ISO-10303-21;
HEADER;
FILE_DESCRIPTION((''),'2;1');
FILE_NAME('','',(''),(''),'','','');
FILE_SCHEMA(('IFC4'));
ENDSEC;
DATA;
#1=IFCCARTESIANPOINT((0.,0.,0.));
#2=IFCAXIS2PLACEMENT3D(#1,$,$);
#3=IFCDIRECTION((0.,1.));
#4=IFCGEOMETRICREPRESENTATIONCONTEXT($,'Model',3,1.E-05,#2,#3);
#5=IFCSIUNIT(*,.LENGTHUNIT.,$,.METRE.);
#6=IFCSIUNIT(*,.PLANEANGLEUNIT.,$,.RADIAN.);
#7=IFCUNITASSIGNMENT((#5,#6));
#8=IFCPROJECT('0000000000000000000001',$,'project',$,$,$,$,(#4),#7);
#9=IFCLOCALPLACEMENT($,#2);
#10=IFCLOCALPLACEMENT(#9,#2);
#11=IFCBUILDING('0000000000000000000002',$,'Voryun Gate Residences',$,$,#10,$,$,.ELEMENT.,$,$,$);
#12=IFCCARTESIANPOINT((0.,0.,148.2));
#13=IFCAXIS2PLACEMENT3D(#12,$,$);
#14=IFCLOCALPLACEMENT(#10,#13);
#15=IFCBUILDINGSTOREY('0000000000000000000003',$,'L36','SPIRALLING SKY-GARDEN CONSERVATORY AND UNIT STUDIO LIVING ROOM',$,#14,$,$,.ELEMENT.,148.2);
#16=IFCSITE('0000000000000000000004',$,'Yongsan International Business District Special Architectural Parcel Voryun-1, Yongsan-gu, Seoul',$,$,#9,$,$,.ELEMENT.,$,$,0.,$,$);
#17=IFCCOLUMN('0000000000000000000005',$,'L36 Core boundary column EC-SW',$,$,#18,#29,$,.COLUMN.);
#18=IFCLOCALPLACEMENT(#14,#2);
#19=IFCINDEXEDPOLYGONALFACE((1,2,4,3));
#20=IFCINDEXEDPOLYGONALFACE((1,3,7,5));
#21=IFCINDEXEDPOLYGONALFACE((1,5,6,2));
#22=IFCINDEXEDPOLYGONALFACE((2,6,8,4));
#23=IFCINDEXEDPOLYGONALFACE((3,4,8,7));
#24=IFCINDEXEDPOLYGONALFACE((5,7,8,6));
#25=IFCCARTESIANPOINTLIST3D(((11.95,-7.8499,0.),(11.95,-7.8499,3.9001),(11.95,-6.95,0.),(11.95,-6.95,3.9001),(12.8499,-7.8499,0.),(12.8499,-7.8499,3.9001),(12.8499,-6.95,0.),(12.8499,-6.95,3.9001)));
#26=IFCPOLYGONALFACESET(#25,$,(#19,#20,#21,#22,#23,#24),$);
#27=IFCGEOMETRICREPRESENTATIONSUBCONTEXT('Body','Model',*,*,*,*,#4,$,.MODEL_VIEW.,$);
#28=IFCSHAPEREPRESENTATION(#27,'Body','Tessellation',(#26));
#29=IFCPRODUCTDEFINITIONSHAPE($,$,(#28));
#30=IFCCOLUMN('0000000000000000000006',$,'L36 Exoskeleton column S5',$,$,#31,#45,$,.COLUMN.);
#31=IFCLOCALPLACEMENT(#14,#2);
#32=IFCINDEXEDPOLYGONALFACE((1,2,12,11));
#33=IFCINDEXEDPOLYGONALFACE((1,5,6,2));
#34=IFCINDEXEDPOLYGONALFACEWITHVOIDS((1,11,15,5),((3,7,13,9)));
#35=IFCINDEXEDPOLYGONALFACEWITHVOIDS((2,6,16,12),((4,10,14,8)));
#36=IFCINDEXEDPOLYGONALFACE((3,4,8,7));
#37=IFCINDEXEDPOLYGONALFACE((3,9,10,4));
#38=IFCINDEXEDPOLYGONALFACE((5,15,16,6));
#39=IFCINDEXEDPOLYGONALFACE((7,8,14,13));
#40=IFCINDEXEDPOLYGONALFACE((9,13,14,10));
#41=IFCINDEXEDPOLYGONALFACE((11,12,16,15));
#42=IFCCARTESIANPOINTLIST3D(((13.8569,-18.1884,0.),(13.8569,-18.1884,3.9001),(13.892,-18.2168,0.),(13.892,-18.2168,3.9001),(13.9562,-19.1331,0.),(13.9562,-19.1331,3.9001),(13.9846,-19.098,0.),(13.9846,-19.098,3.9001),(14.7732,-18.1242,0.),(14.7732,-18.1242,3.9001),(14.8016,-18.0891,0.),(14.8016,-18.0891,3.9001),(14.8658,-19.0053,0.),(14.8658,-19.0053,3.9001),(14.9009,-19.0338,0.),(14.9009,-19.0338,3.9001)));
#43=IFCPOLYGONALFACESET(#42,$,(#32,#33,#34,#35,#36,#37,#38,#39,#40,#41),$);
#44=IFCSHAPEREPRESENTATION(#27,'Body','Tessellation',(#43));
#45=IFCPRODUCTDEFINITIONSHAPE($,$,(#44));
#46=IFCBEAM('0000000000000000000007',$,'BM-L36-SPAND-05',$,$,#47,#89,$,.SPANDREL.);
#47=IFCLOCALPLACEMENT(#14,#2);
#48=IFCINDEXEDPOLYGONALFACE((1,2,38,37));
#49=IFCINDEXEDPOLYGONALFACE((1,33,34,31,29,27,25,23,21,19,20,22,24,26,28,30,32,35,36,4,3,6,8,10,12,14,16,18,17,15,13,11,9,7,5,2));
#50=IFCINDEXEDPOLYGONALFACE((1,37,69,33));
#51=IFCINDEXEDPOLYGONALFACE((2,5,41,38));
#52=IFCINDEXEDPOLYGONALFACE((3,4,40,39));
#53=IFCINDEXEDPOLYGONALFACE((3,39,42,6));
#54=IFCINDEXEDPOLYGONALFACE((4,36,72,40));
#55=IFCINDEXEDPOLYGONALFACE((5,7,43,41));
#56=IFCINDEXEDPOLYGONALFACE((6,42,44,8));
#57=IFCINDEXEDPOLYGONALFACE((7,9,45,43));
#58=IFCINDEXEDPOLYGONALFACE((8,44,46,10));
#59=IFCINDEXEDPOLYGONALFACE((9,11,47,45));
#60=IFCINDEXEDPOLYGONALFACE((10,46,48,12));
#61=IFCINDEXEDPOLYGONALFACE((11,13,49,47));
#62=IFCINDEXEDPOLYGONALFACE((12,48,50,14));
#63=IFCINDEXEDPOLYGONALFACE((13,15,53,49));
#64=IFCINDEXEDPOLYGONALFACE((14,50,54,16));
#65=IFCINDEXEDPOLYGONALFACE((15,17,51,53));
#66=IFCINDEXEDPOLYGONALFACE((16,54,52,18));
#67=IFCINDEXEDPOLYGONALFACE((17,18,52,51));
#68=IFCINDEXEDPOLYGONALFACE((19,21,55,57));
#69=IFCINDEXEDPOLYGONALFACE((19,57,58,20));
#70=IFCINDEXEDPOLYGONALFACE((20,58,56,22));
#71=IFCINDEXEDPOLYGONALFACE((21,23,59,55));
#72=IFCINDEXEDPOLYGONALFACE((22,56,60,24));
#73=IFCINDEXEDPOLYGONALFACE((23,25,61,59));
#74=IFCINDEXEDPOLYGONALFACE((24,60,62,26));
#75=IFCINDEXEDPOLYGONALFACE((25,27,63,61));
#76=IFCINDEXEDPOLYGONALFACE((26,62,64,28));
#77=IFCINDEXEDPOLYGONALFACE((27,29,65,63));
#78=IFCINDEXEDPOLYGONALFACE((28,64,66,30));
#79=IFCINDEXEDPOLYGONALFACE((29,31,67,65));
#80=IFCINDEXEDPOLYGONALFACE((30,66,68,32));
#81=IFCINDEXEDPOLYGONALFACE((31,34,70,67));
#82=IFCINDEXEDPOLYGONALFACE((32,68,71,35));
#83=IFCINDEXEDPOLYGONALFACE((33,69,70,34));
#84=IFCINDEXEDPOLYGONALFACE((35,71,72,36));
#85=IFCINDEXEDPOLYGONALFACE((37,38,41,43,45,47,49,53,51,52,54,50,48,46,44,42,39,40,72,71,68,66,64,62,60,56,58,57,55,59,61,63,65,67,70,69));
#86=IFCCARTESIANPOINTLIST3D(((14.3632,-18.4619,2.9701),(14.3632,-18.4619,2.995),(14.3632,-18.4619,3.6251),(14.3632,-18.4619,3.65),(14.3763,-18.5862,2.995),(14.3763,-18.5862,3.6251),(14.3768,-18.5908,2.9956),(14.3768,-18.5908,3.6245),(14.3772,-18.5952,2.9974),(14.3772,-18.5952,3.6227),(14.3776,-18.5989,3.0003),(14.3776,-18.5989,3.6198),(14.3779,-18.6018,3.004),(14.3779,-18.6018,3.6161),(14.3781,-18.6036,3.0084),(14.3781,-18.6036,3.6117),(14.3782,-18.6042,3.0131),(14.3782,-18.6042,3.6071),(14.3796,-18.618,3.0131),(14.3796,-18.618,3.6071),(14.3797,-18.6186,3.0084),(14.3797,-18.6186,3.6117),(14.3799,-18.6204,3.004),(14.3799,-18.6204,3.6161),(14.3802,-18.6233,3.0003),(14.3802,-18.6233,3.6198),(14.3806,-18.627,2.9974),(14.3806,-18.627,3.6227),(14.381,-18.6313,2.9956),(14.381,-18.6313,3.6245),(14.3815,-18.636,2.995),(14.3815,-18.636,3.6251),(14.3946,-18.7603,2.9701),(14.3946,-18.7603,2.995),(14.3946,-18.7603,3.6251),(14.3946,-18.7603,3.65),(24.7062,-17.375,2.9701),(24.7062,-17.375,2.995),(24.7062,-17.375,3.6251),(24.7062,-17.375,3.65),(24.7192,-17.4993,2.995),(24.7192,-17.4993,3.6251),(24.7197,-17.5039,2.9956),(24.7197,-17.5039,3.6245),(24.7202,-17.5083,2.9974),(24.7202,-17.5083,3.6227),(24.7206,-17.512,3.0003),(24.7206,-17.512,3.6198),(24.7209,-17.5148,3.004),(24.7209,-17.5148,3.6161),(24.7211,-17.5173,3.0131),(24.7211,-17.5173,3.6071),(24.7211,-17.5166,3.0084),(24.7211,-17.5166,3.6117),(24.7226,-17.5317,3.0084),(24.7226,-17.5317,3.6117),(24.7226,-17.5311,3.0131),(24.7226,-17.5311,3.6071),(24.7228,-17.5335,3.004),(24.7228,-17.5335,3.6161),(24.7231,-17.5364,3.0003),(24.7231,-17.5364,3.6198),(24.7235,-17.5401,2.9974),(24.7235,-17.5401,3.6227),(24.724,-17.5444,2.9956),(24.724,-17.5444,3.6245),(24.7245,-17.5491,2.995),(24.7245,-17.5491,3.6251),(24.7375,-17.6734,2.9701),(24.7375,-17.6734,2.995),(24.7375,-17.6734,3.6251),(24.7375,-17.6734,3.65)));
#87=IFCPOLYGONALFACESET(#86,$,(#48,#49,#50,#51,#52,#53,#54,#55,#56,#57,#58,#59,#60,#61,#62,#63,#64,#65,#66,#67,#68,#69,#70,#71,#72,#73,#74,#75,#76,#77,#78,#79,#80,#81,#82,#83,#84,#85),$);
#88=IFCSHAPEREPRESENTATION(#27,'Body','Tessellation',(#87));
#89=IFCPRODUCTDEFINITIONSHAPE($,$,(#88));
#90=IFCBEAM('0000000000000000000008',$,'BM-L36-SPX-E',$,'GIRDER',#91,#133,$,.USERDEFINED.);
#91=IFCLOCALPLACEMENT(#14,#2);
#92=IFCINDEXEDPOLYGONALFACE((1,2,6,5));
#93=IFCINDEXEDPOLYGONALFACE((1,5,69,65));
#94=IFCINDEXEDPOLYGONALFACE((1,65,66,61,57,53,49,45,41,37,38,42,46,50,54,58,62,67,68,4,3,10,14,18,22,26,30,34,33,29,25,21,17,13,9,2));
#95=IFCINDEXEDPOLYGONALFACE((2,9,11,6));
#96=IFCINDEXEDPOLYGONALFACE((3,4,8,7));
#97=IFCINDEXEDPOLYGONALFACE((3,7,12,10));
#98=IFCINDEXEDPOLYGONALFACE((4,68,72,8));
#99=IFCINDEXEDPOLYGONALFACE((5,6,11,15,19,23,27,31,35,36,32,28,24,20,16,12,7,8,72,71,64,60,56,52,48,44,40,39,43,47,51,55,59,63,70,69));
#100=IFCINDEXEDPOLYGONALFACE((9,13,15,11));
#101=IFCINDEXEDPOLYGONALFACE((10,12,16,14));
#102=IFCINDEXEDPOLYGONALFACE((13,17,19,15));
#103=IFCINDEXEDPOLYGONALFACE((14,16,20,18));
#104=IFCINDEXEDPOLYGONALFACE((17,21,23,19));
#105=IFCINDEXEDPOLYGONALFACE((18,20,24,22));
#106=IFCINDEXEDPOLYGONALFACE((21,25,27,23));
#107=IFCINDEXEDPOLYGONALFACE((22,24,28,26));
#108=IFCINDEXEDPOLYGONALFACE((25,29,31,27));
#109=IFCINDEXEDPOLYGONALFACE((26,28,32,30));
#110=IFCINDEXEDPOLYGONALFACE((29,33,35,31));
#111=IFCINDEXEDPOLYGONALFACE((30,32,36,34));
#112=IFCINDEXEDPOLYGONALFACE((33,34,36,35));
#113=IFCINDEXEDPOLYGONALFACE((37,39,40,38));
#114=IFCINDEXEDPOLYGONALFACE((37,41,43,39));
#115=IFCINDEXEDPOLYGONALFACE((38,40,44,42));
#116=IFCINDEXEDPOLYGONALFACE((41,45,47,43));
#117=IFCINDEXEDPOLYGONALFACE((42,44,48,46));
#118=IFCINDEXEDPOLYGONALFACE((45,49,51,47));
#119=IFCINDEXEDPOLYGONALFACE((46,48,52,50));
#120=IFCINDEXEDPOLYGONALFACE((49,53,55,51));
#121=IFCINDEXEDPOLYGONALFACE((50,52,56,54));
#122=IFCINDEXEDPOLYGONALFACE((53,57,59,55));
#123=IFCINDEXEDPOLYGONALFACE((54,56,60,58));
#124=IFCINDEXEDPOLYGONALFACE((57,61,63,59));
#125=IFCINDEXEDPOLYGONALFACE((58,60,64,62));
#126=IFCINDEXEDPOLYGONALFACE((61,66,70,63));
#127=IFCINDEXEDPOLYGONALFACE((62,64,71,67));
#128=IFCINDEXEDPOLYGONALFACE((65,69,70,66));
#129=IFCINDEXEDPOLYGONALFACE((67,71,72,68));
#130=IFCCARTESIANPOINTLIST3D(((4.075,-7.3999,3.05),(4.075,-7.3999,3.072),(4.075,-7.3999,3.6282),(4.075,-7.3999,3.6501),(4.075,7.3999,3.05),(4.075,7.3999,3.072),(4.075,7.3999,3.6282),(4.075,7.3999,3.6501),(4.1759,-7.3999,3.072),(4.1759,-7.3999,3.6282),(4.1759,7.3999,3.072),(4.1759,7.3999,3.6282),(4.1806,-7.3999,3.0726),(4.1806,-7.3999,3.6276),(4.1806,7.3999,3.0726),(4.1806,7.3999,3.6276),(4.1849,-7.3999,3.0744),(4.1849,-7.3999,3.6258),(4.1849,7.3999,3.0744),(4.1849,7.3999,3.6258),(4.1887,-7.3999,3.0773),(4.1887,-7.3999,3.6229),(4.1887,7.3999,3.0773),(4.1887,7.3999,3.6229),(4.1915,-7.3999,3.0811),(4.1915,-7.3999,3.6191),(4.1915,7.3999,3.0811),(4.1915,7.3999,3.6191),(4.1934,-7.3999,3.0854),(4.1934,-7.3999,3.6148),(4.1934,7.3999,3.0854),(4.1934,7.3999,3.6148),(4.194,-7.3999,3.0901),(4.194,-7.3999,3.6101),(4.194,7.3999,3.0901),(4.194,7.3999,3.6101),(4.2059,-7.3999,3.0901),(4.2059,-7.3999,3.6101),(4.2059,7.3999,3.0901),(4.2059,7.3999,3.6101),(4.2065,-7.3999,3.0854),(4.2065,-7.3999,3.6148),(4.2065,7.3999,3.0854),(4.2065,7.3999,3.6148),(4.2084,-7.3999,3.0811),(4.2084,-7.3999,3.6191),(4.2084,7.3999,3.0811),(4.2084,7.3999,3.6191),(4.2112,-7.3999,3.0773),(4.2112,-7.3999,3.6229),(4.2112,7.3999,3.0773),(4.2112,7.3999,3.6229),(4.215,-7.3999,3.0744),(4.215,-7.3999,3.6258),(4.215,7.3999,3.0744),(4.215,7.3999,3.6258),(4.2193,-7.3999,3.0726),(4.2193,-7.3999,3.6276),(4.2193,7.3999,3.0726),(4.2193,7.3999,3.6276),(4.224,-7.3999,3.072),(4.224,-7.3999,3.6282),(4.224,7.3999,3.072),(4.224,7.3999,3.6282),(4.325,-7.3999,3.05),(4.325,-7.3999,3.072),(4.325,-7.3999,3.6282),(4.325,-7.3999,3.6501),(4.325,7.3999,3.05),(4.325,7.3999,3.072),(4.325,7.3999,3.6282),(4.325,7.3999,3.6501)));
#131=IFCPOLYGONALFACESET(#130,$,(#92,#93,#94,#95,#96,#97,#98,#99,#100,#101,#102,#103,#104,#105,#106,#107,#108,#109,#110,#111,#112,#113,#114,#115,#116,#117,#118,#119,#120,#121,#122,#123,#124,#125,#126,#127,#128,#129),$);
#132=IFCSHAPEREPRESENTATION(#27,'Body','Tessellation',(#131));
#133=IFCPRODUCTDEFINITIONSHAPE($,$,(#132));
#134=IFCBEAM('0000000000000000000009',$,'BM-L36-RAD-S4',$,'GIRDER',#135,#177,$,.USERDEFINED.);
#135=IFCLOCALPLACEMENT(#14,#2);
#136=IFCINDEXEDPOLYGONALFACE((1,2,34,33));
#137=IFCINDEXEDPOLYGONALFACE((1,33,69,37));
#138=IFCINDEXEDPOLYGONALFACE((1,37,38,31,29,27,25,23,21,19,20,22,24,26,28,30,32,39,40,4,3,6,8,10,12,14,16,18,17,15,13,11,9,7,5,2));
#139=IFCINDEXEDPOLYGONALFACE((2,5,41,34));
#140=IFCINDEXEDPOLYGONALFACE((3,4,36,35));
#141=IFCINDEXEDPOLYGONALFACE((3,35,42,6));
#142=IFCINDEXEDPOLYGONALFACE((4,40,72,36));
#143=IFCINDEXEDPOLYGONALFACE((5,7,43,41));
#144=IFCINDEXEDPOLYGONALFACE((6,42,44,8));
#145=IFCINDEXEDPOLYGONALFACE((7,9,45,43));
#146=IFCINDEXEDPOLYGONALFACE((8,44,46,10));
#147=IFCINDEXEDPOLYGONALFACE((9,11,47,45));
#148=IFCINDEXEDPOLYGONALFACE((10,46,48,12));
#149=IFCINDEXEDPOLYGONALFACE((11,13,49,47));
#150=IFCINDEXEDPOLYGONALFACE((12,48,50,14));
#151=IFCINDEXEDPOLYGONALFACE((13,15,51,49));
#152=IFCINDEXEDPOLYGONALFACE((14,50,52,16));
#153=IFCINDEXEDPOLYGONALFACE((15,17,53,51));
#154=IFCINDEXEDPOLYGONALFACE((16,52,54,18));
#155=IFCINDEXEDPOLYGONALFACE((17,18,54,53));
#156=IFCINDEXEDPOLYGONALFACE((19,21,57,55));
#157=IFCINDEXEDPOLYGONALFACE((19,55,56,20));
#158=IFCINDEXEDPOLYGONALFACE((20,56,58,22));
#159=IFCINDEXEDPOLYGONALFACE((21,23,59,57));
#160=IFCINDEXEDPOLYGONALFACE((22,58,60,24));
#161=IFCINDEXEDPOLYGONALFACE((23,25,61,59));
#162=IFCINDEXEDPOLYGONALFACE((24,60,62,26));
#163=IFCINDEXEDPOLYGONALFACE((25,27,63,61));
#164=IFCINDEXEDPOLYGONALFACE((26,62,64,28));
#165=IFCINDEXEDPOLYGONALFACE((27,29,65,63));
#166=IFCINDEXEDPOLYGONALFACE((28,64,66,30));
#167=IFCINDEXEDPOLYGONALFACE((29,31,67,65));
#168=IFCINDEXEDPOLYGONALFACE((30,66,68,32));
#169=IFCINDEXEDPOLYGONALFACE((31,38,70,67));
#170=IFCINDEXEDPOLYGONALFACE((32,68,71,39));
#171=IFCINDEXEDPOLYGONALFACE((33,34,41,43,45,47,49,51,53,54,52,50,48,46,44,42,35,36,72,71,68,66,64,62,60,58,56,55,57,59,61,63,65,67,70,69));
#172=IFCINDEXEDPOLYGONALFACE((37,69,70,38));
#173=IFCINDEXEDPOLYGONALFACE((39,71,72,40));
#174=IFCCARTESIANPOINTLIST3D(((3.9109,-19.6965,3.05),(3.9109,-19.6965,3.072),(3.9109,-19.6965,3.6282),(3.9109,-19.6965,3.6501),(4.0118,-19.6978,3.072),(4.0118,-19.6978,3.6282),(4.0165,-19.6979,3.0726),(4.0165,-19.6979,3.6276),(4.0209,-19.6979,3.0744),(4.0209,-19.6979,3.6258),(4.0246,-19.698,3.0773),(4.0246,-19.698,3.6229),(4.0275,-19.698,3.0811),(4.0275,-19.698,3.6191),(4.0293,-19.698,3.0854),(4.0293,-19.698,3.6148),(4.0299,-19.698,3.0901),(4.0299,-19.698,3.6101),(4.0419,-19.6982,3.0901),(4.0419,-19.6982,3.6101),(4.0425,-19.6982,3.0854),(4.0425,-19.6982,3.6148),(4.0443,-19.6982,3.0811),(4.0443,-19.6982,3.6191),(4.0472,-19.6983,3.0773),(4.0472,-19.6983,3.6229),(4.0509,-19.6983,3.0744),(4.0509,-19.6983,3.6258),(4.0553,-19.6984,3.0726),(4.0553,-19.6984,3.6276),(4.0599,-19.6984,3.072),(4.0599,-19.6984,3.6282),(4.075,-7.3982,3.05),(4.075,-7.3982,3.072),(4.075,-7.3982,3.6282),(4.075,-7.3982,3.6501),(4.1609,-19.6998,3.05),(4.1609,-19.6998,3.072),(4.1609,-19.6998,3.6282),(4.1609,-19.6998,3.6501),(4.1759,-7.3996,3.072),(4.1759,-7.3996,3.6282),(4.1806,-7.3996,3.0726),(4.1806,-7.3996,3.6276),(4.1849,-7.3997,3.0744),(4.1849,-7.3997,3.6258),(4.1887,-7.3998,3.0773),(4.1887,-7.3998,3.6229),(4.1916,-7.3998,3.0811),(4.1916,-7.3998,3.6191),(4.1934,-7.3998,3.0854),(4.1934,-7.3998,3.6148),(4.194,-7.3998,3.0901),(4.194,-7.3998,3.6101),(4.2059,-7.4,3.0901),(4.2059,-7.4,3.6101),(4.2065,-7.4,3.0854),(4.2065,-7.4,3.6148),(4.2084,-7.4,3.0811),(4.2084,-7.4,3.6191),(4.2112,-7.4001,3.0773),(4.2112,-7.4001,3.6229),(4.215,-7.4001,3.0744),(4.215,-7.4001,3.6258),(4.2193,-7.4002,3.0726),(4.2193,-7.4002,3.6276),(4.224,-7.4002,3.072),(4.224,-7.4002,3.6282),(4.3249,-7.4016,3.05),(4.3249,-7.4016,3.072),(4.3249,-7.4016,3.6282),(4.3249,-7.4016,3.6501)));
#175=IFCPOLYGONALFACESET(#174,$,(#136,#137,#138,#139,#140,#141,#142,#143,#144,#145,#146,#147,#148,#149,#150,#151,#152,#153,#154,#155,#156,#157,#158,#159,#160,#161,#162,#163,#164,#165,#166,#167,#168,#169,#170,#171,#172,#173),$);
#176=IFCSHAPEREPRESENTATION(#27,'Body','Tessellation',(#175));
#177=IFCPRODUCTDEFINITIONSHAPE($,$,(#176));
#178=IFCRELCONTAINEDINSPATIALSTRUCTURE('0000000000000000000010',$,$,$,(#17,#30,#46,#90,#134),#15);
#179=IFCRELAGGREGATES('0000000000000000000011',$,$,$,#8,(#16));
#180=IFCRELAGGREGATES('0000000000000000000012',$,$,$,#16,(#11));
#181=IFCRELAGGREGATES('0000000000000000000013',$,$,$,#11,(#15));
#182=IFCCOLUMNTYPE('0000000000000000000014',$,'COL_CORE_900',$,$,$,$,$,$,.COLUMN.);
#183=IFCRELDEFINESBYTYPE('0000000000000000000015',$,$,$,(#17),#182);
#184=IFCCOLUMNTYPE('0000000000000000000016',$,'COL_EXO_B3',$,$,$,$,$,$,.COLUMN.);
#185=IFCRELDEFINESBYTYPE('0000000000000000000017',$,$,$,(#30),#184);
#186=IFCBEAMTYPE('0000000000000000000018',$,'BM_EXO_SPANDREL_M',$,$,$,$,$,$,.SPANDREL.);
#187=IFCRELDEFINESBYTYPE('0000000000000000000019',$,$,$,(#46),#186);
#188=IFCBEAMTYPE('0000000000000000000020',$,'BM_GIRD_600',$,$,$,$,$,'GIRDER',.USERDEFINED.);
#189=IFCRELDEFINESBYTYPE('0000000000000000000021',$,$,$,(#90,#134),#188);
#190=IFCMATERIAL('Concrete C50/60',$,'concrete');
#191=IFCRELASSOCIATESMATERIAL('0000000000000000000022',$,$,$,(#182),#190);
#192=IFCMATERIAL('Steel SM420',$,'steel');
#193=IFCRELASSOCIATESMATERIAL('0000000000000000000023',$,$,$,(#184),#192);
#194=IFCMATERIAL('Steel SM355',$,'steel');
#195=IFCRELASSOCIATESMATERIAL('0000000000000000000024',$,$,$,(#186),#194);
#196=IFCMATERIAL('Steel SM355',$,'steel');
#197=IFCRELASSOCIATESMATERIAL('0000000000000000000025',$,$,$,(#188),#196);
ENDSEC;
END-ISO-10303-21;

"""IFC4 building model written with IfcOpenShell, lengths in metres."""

from ifc_helpers import new_model, si_unit, direction, frame, origin, origin_2d, place, context, subcontext, project, spatial, rectangle, hollow_rectangle, i_section, extrude, material, material_profile, profile_set, type_object, element, save


model = new_model("IFC4")

# Units and contexts
model_context = context("Model", 3, precision=1e-05, world=origin(), true_north=direction((0.0, 1.0)))
body_context = subcontext(model_context, "Body", "Model", "MODEL_VIEW")
ifc_project = project(units=[si_unit("LENGTHUNIT", "METRE"), si_unit("PLANEANGLEUNIT", "RADIAN")], contexts=[model_context])

# Site, building, storey
site_placement = place(None, origin())
site = spatial("IfcSite", under=ifc_project, at=site_placement, Name="Yongsan International Business District Special Architectural Parcel Voryun-1, Yongsan-gu, Seoul", CompositionType="ELEMENT", RefElevation=0.0)
building_placement = place(site_placement, origin())
building = spatial("IfcBuilding", under=site, at=building_placement, Name="Voryun Gate Residences", CompositionType="ELEMENT")
storey_placement = place(building_placement, frame((0.0, 0.0, 148.2)))
storey = spatial("IfcBuildingStorey", under=building, at=storey_placement, Name="L36", Description="SPIRALLING SKY-GARDEN CONSERVATORY AND UNIT STUDIO LIVING ROOM", CompositionType="ELEMENT", Elevation=148.2)

# Columns
ifc_material_1 = material(Name="Concrete C50/60", Category="concrete")
ifc_material_profile_1 = material_profile(ifc_material_1, rectangle(XDim=0.8999, YDim=0.8999, at=origin_2d()), Name="RC-900x900")
ifc_profile_set_1 = profile_set([ifc_material_profile_1], Name="Concrete C50/60")
column_type_1 = type_object("IfcColumnType", Name="COL_CORE_900", PredefinedType="COLUMN", material=ifc_profile_set_1)
column_1_placement = place(storey_placement, frame((12.3999, -7.3999, 0.0), z_axis=(0.0, 0.0, 1.0), x_axis=(1.0, 0.0, 0.0)))
element("IfcColumn", 1, at=column_1_placement, inside=storey, type_object=column_type_1, Name="L36 Core boundary column EC-SW", PredefinedType="COLUMN", context=body_context, shape_type="SweptSolid", body=[
    extrude(rectangle(XDim=0.8999, YDim=0.8999, at=origin_2d()), origin(), (0.0, 0.0, 1.0), 3.9001),
])
ifc_material_2 = material(Name="Steel SM420", Category="steel")
ifc_material_profile_2 = material_profile(ifc_material_2, hollow_rectangle(XDim=0.95, YDim=0.95, WallThickness=0.032, at=origin_2d()), Name="BOX-950x950x32")
ifc_profile_set_2 = profile_set([ifc_material_profile_2], Name="Steel SM420")
column_type_2 = type_object("IfcColumnType", Name="COL_EXO_B3", PredefinedType="COLUMN", material=ifc_profile_set_2)
column_2_placement = place(storey_placement, frame((14.3789, -18.6111, 0.0), z_axis=(0.0, 0.0, 1.0), x_axis=(0.994522, 0.104528, 0.0)))
element("IfcColumn", 2, at=column_2_placement, inside=storey, type_object=column_type_2, Name="L36 Exoskeleton column S5", PredefinedType="COLUMN", context=body_context, shape_type="SweptSolid", body=[
    extrude(hollow_rectangle(XDim=0.95, YDim=0.95, WallThickness=0.032, at=origin_2d()), origin(), (0.0, 0.0, 1.0), 3.9001),
])

# Beams
ifc_material_3 = material(Name="Steel SM355", Category="steel")
ifc_material_profile_3 = material_profile(ifc_material_3, i_section(OverallWidth=0.3, OverallDepth=0.6799, WebThickness=0.0139, FlangeThickness=0.0249, FilletRadius=0.0181, at=origin_2d()), Name="H-680x300x14x25")
ifc_profile_set_3 = profile_set([ifc_material_profile_3], Name="Steel SM355")
beam_type_1 = type_object("IfcBeamType", Name="BM_EXO_SPANDREL_M", PredefinedType="SPANDREL", material=ifc_profile_set_3)
beam_1_placement = place(storey_placement, frame((14.3789, -18.6111, 3.3101), z_axis=(0.994524, 0.104511, 0.0), x_axis=(-0.104511, 0.994524, 0.0)))
element("IfcBeam", 3, at=beam_1_placement, inside=storey, type_object=beam_type_1, Name="BM-L36-SPAND-05", PredefinedType="SPANDREL", context=body_context, shape_type="SweptSolid", body=[
    extrude(i_section(OverallWidth=0.3, OverallDepth=0.6799, WebThickness=0.0139, FlangeThickness=0.0249, FilletRadius=0.0181, at=origin_2d()), origin(), (0.0, 0.0, 1.0), 10.3999),
])
ifc_material_4 = material(Name="Steel SM355", Category="steel")
ifc_material_profile_4 = material_profile(ifc_material_4, i_section(OverallWidth=0.25, OverallDepth=0.6001, WebThickness=0.012, FlangeThickness=0.022, FilletRadius=0.0181, at=origin_2d()), Name="H-600x250x12x22")
ifc_profile_set_4 = profile_set([ifc_material_profile_4], Name="Steel SM355")
beam_type_2 = type_object("IfcBeamType", Name="BM_GIRD_600", ElementType="GIRDER", PredefinedType="USERDEFINED", material=ifc_profile_set_4)
beam_2_placement = place(storey_placement, frame((4.2, -7.3999, 3.3501), z_axis=(0.0, 1.0, 0.0), x_axis=(-1.0, 0.0, 0.0)))
element("IfcBeam", 4, at=beam_2_placement, inside=storey, type_object=beam_type_2, Name="BM-L36-SPX-E", ObjectType="GIRDER", PredefinedType="USERDEFINED", context=body_context, shape_type="SweptSolid", body=[
    extrude(i_section(OverallWidth=0.25, OverallDepth=0.6001, WebThickness=0.012, FlangeThickness=0.022, FilletRadius=0.0181, at=origin_2d()), origin(), (0.0, 0.0, 1.0), 14.7998),
])
beam_3_placement = place(storey_placement, frame((4.2, -7.3999, 3.3501), z_axis=(-0.013339, -0.999911, 0.0), x_axis=(0.999911, -0.013339, 0.0)))
element("IfcBeam", 5, at=beam_3_placement, inside=storey, type_object=beam_type_2, Name="BM-L36-RAD-S4", ObjectType="GIRDER", PredefinedType="USERDEFINED", context=body_context, shape_type="SweptSolid", body=[
    extrude(i_section(OverallWidth=0.25, OverallDepth=0.6001, WebThickness=0.012, FlangeThickness=0.022, FilletRadius=0.0181, at=origin_2d()), origin(), (0.0, 0.0, 1.0), 12.2993),
])

save(model, "model.ifc")
